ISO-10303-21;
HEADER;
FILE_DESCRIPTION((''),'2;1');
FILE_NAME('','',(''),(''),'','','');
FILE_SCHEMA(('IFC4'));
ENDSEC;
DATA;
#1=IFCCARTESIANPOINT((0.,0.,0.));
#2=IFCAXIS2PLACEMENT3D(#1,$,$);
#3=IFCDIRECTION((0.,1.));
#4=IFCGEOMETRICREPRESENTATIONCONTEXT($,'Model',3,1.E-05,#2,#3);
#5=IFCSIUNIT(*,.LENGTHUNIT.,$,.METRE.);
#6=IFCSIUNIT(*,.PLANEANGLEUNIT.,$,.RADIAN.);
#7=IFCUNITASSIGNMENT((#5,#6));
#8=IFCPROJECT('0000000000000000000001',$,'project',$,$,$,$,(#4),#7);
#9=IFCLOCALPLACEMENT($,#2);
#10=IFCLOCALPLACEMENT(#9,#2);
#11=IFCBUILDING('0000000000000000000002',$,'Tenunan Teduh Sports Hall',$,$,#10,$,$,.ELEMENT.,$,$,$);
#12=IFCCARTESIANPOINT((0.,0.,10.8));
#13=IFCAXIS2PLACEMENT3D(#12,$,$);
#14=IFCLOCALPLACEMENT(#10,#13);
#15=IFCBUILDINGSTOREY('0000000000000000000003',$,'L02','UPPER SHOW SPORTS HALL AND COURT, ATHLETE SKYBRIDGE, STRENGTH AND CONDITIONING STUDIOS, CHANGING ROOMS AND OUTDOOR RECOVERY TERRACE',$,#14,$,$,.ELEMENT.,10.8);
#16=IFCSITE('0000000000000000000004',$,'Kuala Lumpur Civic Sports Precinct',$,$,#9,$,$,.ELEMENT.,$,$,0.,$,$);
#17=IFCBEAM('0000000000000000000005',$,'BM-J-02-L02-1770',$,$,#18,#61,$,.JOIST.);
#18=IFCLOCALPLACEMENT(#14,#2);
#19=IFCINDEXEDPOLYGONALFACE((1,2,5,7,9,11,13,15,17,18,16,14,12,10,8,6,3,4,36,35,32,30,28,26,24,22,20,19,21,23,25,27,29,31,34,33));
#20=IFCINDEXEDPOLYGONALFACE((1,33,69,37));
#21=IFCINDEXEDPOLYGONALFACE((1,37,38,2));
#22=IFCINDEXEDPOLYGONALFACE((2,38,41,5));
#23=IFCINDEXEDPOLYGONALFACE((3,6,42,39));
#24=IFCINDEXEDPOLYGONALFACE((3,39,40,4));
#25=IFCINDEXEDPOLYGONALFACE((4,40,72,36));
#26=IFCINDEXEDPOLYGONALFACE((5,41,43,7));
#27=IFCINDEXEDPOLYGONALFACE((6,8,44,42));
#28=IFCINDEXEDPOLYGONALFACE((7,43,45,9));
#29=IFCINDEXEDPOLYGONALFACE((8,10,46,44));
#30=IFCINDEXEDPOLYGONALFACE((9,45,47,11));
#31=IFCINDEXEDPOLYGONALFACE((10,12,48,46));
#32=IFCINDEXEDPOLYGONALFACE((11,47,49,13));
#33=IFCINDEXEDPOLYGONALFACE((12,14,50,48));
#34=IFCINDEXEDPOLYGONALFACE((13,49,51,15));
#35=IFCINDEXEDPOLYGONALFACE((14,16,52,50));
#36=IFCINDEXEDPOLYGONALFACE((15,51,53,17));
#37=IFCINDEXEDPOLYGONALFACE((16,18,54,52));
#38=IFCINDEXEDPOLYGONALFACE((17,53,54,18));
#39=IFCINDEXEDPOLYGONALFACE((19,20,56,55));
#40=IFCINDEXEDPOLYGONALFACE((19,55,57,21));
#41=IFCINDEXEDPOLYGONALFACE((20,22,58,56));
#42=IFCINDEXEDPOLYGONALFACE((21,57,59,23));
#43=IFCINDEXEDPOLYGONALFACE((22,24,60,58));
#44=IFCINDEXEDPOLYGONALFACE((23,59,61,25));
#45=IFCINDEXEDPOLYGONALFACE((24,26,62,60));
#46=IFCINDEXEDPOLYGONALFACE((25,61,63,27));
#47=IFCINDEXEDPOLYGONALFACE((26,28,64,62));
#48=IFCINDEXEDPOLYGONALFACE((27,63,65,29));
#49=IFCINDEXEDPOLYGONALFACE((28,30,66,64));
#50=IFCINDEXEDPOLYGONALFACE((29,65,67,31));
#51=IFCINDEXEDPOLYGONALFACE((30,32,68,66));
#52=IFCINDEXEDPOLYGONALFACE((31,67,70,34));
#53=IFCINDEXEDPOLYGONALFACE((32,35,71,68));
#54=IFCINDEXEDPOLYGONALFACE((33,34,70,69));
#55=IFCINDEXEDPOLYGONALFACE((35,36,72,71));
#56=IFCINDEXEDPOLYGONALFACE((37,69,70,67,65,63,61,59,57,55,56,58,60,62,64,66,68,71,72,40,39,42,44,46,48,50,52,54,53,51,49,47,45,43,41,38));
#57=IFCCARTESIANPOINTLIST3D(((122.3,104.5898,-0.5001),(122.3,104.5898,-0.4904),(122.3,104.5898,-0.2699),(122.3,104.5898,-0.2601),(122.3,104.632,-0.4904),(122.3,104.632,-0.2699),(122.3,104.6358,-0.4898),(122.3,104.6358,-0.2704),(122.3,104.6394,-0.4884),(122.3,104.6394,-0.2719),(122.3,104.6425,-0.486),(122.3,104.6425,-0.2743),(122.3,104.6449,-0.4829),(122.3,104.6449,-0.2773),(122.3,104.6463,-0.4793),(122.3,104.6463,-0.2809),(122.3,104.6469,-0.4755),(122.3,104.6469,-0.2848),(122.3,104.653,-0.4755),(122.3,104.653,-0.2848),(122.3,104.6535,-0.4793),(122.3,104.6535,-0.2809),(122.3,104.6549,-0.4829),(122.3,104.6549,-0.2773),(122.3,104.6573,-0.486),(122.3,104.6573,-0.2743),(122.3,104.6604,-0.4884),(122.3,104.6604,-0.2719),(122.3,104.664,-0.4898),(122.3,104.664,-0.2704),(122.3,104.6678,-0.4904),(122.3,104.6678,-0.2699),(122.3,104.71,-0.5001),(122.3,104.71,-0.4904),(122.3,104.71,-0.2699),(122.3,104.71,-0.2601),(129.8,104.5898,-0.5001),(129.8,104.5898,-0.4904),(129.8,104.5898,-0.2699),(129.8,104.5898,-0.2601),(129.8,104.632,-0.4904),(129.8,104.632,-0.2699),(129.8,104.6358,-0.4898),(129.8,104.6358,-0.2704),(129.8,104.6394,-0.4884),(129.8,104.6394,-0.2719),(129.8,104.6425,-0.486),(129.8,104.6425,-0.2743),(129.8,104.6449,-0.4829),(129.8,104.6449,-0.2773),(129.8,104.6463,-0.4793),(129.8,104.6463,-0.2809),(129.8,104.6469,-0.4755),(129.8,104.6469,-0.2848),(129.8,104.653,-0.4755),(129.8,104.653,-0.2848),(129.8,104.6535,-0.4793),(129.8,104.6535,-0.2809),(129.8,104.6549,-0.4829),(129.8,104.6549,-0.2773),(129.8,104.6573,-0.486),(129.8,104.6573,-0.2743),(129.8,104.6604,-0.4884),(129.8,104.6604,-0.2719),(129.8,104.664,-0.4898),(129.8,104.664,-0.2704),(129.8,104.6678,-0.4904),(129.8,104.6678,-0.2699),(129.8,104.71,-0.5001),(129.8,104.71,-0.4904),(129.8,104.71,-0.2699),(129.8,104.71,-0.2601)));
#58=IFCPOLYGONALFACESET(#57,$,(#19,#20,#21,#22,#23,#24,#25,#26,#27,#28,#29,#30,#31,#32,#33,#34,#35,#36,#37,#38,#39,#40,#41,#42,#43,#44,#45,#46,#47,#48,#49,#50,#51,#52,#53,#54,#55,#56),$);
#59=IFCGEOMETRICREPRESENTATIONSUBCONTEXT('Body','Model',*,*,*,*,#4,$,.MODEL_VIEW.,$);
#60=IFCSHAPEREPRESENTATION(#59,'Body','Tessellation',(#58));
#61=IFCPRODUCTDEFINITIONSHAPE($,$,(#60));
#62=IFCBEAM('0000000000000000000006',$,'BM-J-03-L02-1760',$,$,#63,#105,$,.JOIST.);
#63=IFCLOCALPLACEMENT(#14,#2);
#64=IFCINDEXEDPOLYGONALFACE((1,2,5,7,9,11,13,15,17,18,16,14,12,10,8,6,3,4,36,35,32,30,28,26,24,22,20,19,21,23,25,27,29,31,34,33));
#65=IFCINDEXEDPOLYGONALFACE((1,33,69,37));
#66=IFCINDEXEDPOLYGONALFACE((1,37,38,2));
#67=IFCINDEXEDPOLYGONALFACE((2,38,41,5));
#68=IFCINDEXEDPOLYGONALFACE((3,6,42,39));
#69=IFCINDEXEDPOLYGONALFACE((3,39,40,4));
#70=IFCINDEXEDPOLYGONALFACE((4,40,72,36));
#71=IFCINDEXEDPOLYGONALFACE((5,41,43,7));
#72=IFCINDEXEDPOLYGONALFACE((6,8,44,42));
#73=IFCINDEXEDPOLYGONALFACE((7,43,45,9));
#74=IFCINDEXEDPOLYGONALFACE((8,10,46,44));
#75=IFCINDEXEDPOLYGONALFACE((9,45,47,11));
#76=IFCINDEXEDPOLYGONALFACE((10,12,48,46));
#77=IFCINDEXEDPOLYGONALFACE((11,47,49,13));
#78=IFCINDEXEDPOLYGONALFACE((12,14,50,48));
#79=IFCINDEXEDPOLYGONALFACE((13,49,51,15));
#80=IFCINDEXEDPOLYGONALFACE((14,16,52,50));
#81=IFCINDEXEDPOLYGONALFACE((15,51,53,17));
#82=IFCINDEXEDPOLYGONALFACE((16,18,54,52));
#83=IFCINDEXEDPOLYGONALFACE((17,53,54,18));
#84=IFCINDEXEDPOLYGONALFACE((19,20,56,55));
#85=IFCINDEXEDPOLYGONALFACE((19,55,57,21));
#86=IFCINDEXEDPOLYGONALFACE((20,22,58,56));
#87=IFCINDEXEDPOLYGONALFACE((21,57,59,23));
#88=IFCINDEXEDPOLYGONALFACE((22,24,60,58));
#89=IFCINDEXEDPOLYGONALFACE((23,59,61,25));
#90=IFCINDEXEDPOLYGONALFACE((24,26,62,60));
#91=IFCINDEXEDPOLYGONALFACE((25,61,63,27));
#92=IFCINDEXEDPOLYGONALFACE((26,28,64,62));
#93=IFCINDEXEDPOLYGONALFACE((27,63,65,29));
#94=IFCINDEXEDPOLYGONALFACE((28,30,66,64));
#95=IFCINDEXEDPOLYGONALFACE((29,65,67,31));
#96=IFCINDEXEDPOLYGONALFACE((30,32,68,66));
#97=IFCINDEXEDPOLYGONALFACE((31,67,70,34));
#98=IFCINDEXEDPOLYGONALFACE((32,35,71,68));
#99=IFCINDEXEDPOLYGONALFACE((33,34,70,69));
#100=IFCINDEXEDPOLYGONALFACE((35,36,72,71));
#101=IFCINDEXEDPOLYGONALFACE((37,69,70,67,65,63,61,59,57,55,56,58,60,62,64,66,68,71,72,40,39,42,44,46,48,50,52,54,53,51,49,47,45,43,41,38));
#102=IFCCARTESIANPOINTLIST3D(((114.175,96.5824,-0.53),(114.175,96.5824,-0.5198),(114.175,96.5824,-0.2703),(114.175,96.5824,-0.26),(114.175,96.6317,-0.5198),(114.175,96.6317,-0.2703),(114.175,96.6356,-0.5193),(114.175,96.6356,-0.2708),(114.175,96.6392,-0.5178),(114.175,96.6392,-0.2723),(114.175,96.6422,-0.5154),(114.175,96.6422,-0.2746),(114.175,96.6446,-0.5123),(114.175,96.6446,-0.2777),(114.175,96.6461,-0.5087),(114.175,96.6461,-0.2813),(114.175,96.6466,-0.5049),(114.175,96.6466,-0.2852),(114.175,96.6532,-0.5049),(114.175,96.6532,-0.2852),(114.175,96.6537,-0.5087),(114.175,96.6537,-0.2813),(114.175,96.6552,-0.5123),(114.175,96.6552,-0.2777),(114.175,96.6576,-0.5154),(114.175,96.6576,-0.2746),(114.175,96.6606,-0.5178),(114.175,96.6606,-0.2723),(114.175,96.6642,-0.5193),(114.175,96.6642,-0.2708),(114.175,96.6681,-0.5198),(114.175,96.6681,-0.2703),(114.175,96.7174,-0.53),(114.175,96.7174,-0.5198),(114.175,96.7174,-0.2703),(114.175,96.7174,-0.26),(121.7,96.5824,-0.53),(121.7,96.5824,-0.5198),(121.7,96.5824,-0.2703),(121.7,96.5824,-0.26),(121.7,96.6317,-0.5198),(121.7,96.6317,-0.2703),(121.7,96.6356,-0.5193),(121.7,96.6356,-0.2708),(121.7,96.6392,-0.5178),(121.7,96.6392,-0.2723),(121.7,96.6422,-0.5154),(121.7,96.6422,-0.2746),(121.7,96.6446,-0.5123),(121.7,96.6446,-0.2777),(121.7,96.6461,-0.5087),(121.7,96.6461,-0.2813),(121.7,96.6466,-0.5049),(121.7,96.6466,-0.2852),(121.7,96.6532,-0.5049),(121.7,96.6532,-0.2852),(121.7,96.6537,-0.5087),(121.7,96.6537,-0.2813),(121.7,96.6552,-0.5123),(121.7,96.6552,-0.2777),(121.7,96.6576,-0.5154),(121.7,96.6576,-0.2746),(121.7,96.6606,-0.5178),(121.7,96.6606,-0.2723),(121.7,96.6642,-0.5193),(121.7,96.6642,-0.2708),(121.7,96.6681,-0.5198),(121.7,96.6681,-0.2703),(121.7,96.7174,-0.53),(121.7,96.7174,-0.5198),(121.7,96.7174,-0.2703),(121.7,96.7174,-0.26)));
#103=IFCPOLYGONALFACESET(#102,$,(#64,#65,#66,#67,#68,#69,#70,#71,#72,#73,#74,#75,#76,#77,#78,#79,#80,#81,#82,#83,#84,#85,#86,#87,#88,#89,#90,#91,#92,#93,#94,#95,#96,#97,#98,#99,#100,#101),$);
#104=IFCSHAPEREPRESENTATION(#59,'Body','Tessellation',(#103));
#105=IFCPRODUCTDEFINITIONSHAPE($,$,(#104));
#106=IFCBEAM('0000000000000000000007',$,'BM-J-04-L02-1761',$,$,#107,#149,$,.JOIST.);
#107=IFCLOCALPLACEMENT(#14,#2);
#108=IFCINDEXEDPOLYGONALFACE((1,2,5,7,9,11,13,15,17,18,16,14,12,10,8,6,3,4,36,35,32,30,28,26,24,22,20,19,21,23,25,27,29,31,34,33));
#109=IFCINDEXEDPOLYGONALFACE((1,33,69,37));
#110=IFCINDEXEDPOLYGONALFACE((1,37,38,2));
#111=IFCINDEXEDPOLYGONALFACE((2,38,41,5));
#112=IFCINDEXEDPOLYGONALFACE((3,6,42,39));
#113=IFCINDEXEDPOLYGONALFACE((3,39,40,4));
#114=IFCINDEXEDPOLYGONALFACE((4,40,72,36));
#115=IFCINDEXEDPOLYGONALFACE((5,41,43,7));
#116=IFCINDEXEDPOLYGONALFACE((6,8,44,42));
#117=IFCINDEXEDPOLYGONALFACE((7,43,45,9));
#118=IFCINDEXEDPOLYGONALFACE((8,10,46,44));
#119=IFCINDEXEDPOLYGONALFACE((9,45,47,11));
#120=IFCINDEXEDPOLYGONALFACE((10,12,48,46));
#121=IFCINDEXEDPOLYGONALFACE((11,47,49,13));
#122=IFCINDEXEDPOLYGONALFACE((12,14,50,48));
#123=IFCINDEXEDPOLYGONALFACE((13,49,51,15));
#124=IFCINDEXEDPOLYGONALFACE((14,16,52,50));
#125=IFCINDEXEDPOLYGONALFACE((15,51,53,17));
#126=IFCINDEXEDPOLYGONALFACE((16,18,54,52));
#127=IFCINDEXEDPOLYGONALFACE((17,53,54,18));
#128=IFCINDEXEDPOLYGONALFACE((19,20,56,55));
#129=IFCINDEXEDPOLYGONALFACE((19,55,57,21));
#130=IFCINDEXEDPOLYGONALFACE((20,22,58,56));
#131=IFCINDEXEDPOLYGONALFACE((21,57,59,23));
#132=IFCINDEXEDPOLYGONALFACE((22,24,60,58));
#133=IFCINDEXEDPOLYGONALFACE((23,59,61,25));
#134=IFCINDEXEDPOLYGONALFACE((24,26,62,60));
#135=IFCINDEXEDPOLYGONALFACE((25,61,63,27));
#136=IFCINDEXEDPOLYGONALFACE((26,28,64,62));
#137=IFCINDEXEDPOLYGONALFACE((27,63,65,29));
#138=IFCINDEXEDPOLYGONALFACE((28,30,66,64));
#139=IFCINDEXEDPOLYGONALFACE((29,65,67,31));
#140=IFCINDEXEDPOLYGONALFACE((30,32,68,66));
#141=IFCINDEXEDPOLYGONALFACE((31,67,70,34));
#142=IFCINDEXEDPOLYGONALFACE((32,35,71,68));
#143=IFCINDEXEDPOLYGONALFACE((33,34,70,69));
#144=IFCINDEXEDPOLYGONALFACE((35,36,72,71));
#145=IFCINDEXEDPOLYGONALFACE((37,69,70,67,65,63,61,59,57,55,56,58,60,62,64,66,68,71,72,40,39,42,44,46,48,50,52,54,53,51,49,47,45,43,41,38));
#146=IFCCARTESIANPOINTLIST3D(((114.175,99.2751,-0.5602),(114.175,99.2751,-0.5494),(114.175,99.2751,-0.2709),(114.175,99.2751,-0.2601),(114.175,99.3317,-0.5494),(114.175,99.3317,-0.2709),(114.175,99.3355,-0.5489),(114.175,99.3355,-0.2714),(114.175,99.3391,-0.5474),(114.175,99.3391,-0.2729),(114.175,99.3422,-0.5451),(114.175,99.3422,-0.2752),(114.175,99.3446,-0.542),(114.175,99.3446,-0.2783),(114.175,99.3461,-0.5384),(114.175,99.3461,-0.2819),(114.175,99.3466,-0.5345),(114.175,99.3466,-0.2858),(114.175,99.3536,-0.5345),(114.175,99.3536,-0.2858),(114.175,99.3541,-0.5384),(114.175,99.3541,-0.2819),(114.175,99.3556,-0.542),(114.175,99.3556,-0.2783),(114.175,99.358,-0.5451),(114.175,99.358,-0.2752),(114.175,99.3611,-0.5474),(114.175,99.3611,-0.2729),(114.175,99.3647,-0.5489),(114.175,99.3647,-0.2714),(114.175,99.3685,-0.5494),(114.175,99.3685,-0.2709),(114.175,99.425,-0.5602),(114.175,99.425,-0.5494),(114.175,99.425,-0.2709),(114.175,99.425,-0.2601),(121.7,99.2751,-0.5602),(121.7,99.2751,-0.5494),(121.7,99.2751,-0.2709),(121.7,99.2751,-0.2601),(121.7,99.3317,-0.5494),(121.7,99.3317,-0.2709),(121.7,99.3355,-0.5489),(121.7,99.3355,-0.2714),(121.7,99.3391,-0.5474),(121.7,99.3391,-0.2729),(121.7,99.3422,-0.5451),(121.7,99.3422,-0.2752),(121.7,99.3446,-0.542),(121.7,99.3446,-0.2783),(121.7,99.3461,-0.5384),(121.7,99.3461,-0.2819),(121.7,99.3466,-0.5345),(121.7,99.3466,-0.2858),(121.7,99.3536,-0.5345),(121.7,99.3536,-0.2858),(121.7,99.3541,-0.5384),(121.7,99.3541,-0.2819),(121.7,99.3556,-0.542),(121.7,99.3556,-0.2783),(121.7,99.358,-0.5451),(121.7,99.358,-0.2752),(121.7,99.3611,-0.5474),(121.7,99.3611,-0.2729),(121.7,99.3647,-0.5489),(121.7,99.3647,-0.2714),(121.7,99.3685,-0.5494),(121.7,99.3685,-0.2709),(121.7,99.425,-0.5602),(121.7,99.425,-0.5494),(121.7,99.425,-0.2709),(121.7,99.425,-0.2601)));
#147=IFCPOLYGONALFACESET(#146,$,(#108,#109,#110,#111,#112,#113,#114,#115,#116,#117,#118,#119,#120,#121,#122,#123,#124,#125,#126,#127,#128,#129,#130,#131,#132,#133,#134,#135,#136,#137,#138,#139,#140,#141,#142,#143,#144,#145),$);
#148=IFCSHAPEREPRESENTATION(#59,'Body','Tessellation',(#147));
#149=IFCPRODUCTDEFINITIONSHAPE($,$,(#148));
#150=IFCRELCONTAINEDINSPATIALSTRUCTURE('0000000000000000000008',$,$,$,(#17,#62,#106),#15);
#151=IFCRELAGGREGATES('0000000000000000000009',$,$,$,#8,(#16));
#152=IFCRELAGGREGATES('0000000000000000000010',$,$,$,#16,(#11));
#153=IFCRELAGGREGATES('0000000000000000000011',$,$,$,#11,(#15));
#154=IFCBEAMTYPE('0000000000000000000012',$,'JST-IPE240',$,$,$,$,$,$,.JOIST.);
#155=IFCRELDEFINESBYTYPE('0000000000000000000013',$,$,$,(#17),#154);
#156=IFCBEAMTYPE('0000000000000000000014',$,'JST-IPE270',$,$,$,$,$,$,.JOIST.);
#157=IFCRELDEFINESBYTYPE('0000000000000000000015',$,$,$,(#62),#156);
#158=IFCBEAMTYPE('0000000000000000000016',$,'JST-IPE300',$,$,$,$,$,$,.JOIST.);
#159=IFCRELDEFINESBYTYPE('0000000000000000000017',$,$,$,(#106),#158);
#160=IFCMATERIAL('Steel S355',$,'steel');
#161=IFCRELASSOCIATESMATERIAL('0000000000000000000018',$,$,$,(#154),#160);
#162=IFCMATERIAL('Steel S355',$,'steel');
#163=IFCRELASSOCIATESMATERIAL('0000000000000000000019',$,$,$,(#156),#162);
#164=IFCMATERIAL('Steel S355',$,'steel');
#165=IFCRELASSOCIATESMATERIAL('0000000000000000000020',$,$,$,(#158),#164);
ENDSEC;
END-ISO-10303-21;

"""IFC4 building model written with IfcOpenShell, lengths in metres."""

from ifc_helpers import new_model, si_unit, direction, frame, origin, origin_2d, place, context, subcontext, project, spatial, i_section, extrude, material, material_profile, profile_set, type_object, element, save


model = new_model("IFC4")

# Units and contexts
model_context = context("Model", 3, precision=1e-05, world=origin(), true_north=direction((0.0, 1.0)))
body_context = subcontext(model_context, "Body", "Model", "MODEL_VIEW")
ifc_project = project(units=[si_unit("LENGTHUNIT", "METRE"), si_unit("PLANEANGLEUNIT", "RADIAN")], contexts=[model_context])

# Site, building, storey
site_placement = place(None, origin())
site = spatial("IfcSite", under=ifc_project, at=site_placement, Name="Kuala Lumpur Civic Sports Precinct", CompositionType="ELEMENT", RefElevation=0.0)
building_placement = place(site_placement, origin())
building = spatial("IfcBuilding", under=site, at=building_placement, Name="Tenunan Teduh Sports Hall", CompositionType="ELEMENT")
storey_placement = place(building_placement, frame((0.0, 0.0, 10.8)))
storey = spatial("IfcBuildingStorey", under=building, at=storey_placement, Name="L02", Description="UPPER SHOW SPORTS HALL AND COURT, ATHLETE SKYBRIDGE, STRENGTH AND CONDITIONING STUDIOS, CHANGING ROOMS AND OUTDOOR RECOVERY TERRACE", CompositionType="ELEMENT", Elevation=10.8)

# Beams
ifc_material_1 = material(Name="Steel S355", Category="steel")
ifc_material_profile_1 = material_profile(ifc_material_1, i_section(OverallWidth=0.1201, OverallDepth=0.24, WebThickness=0.0061, FlangeThickness=0.0098, FilletRadius=0.0149, at=origin_2d()), Name="IPE 240")
ifc_profile_set_1 = profile_set([ifc_material_profile_1], Name="Steel S355")
beam_type_1 = type_object("IfcBeamType", Name="JST-IPE240", PredefinedType="JOIST", material=ifc_profile_set_1)
beam_1_placement = place(storey_placement, frame((122.3, 104.6499, -0.3801), z_axis=(1.0, 0.0, 0.0), x_axis=(0.0, 1.0, 0.0)))
element("IfcBeam", 1, at=beam_1_placement, inside=storey, type_object=beam_type_1, Name="BM-J-02-L02-1770", PredefinedType="JOIST", context=body_context, shape_type="SweptSolid", body=[
    extrude(i_section(OverallWidth=0.1201, OverallDepth=0.24, WebThickness=0.0061, FlangeThickness=0.0098, FilletRadius=0.0149, at=origin_2d()), origin(), (0.0, 0.0, 1.0), 7.5),
])
ifc_material_2 = material(Name="Steel S355", Category="steel")
ifc_material_profile_2 = material_profile(ifc_material_2, i_section(OverallWidth=0.135, OverallDepth=0.27, WebThickness=0.0066, FlangeThickness=0.0103, FilletRadius=0.0149, at=origin_2d()), Name="IPE 270")
ifc_profile_set_2 = profile_set([ifc_material_profile_2], Name="Steel S355")
beam_type_2 = type_object("IfcBeamType", Name="JST-IPE270", PredefinedType="JOIST", material=ifc_profile_set_2)
beam_2_placement = place(storey_placement, frame((114.175, 96.6499, -0.395), z_axis=(1.0, 0.0, 0.0), x_axis=(0.0, 1.0, 0.0)))
element("IfcBeam", 2, at=beam_2_placement, inside=storey, type_object=beam_type_2, Name="BM-J-03-L02-1760", PredefinedType="JOIST", context=body_context, shape_type="SweptSolid", body=[
    extrude(i_section(OverallWidth=0.135, OverallDepth=0.27, WebThickness=0.0066, FlangeThickness=0.0103, FilletRadius=0.0149, at=origin_2d()), origin(), (0.0, 0.0, 1.0), 7.5249),
])
ifc_material_3 = material(Name="Steel S355", Category="steel")
ifc_material_profile_3 = material_profile(ifc_material_3, i_section(OverallWidth=0.1499, OverallDepth=0.3, WebThickness=0.0071, FlangeThickness=0.0107, FilletRadius=0.0149, at=origin_2d()), Name="IPE 300")
ifc_profile_set_3 = profile_set([ifc_material_profile_3], Name="Steel S355")
beam_type_3 = type_object("IfcBeamType", Name="JST-IPE300", PredefinedType="JOIST", material=ifc_profile_set_3)
beam_3_placement = place(storey_placement, frame((114.175, 99.3501, -0.4102), z_axis=(1.0, 0.0, 0.0), x_axis=(0.0, 1.0, 0.0)))
element("IfcBeam", 3, at=beam_3_placement, inside=storey, type_object=beam_type_3, Name="BM-J-04-L02-1761", PredefinedType="JOIST", context=body_context, shape_type="SweptSolid", body=[
    extrude(i_section(OverallWidth=0.1499, OverallDepth=0.3, WebThickness=0.0071, FlangeThickness=0.0107, FilletRadius=0.0149, at=origin_2d()), origin(), (0.0, 0.0, 1.0), 7.5249),
])

save(model, "model.ifc")
